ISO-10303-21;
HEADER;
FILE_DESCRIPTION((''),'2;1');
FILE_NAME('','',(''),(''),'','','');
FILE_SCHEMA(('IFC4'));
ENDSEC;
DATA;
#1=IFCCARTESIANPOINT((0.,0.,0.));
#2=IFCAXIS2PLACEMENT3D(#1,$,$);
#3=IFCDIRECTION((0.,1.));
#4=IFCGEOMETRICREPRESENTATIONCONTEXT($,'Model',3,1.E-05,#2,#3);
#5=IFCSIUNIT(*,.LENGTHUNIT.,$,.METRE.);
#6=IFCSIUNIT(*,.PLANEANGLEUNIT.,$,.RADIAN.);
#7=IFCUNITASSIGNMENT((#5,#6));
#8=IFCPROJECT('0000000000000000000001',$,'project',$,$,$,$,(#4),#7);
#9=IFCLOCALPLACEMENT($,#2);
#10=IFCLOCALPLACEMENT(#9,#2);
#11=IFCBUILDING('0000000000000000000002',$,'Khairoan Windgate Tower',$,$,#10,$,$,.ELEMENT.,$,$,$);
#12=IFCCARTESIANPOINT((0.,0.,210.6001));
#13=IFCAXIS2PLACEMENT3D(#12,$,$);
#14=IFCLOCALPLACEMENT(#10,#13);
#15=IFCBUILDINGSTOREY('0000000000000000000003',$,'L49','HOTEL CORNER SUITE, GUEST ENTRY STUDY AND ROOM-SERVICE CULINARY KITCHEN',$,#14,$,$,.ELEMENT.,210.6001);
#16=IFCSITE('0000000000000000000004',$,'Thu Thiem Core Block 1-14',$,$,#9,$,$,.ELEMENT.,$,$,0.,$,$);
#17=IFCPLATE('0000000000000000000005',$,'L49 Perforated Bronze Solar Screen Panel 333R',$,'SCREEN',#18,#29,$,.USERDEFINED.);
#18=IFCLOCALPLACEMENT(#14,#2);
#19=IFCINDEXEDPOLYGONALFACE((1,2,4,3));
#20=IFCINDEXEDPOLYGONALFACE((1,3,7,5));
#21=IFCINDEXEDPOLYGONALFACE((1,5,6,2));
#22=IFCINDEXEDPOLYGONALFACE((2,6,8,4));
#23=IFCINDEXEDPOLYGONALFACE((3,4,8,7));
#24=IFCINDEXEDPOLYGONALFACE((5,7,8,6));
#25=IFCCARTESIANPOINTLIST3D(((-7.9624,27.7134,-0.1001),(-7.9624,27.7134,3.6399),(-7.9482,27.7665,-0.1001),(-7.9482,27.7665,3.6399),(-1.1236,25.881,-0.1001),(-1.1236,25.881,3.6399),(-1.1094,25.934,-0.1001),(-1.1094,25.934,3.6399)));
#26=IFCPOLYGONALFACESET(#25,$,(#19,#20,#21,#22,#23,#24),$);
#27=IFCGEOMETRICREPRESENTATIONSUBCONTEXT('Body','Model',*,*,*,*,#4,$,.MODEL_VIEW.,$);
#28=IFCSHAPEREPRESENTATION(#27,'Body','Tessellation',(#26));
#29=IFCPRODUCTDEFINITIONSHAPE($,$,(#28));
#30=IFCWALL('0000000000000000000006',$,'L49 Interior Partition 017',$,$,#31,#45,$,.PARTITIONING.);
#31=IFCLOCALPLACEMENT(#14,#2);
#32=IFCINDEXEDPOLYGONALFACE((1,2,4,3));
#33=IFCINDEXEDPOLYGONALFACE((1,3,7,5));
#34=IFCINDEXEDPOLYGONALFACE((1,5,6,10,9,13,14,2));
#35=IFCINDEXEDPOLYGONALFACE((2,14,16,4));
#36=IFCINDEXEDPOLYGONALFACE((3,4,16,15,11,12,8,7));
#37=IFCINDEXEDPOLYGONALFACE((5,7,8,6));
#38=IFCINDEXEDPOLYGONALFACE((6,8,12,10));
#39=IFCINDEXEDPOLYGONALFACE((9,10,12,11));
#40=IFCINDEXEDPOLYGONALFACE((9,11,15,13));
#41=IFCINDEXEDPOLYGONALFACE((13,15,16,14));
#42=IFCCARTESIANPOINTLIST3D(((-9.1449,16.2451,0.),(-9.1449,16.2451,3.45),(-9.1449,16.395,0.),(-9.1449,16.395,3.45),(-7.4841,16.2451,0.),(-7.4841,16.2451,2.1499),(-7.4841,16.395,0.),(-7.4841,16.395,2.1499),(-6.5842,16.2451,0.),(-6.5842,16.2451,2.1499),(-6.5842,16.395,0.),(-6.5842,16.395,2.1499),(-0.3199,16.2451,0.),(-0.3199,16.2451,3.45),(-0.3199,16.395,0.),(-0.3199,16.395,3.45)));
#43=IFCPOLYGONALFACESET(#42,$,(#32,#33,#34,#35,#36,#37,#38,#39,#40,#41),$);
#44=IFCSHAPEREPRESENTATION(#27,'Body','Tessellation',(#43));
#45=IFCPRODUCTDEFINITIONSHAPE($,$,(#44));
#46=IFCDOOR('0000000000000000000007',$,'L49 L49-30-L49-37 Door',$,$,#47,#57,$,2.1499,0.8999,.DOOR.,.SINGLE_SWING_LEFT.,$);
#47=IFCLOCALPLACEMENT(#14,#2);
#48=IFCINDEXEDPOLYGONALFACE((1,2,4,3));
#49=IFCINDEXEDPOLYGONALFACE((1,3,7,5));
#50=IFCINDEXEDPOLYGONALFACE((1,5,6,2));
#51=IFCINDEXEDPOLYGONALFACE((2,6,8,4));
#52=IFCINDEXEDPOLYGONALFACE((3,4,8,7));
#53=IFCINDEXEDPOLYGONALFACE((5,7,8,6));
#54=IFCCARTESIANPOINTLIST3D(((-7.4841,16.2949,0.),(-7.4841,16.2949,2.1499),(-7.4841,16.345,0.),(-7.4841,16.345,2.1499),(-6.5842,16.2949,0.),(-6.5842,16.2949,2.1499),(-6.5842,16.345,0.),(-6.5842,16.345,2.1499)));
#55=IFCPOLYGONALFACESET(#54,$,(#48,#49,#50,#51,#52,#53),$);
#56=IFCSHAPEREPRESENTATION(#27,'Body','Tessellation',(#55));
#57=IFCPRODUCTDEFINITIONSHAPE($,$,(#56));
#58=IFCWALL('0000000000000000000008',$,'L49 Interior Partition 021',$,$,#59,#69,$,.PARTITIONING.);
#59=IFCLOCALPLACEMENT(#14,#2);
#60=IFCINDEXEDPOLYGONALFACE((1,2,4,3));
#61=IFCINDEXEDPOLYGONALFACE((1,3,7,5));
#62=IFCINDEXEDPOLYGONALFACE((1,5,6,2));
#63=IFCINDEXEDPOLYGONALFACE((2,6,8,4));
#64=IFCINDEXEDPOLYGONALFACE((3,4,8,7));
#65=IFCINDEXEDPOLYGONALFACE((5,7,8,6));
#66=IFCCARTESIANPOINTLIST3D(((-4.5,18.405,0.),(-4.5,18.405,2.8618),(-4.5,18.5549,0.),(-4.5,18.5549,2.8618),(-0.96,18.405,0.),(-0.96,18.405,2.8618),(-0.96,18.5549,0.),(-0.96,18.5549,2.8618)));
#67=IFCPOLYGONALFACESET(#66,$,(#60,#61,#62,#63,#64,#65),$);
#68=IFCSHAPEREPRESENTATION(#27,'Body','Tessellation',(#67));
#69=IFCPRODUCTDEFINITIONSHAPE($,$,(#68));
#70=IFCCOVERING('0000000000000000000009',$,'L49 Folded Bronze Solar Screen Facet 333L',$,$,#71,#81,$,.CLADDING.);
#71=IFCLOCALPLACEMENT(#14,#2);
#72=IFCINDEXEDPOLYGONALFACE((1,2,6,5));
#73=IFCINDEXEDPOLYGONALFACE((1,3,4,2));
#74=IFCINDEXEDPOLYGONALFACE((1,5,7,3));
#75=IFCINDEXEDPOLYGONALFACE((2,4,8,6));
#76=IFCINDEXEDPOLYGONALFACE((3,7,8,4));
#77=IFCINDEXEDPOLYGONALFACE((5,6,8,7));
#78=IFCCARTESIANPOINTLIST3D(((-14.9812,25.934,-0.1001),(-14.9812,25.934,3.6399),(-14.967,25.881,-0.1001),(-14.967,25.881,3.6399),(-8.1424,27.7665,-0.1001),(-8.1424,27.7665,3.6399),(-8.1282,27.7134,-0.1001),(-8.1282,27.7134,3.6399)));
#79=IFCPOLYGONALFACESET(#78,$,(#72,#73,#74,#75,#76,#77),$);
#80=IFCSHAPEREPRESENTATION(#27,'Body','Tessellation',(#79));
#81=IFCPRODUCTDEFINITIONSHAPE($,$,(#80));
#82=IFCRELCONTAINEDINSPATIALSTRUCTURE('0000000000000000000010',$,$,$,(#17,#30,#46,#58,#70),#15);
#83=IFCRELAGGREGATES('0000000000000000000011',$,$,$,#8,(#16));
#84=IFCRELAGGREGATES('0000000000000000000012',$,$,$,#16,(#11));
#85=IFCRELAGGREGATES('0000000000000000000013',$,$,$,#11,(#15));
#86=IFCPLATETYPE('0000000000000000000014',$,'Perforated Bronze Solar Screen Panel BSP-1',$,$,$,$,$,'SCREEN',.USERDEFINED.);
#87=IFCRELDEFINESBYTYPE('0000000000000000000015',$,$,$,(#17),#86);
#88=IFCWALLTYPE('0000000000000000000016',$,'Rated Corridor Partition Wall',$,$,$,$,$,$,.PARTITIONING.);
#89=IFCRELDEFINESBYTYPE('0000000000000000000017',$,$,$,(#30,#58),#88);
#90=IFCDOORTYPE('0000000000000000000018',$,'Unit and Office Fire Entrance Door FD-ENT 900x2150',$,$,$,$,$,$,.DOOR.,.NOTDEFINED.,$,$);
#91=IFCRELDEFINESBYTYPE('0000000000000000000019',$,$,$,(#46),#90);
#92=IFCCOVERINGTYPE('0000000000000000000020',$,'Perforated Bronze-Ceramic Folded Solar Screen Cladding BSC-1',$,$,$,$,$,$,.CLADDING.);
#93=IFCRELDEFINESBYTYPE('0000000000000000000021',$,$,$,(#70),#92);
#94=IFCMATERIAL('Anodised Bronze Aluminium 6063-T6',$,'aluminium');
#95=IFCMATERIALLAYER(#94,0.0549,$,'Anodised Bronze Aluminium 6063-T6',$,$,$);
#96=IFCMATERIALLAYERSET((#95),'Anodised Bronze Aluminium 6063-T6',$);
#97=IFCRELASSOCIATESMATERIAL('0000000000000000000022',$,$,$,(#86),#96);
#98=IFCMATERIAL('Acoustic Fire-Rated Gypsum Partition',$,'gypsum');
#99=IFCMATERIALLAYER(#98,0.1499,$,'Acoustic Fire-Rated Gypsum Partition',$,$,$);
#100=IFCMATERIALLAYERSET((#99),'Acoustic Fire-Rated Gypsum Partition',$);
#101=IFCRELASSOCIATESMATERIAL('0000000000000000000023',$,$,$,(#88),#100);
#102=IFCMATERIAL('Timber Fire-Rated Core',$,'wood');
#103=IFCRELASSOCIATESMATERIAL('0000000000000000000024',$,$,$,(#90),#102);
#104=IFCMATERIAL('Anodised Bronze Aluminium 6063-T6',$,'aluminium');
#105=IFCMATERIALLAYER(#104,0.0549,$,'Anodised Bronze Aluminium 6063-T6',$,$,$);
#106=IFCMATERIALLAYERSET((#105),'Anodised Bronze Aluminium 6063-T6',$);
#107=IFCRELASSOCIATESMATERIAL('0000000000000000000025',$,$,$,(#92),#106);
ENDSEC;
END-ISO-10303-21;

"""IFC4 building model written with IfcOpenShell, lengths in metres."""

from ifc_helpers import new_model, si_unit, direction, frame, frame_2d, origin, origin_2d, place, context, subcontext, project, spatial, rectangle, extrude, material, layer, layer_set, type_object, element, fill, save


model = new_model("IFC4")

# Units and contexts
model_context = context("Model", 3, precision=1e-05, world=origin(), true_north=direction((0.0, 1.0)))
body_context = subcontext(model_context, "Body", "Model", "MODEL_VIEW")
ifc_project = project(units=[si_unit("LENGTHUNIT", "METRE"), si_unit("PLANEANGLEUNIT", "RADIAN")], contexts=[model_context])

# Site, building, storey
site_placement = place(None, origin())
site = spatial("IfcSite", under=ifc_project, at=site_placement, Name="Thu Thiem Core Block 1-14", CompositionType="ELEMENT", RefElevation=0.0)
building_placement = place(site_placement, origin())
building = spatial("IfcBuilding", under=site, at=building_placement, Name="Khairoan Windgate Tower", CompositionType="ELEMENT")
storey_placement = place(building_placement, frame((0.0, 0.0, 210.6001)))
storey = spatial("IfcBuildingStorey", under=building, at=storey_placement, Name="L49", Description="HOTEL CORNER SUITE, GUEST ENTRY STUDY AND ROOM-SERVICE CULINARY KITCHEN", CompositionType="ELEMENT", Elevation=210.6001)

# Plate
ifc_material_1 = material(Name="Anodised Bronze Aluminium 6063-T6", Category="aluminium")
ifc_layer_1 = layer(ifc_material_1, 0.0549, Name="Anodised Bronze Aluminium 6063-T6")
ifc_layer_set_1 = layer_set([ifc_layer_1], Name="Anodised Bronze Aluminium 6063-T6")
plate_type = type_object("IfcPlateType", Name="Perforated Bronze Solar Screen Panel BSP-1", ElementType="SCREEN", PredefinedType="USERDEFINED", material=ifc_layer_set_1)
plate_placement = place(storey_placement, frame((-4.5359, 26.8237, -0.1001), z_axis=(0.0, 0.0, 1.0), x_axis=(0.965926, -0.258819, 0.0)))
element("IfcPlate", 1, at=plate_placement, inside=storey, type_object=plate_type, Name="L49 Perforated Bronze Solar Screen Panel 333R", ObjectType="SCREEN", PredefinedType="USERDEFINED", context=body_context, shape_type="SweptSolid", body=[
    extrude(rectangle(XDim=7.0801, YDim=0.0549, at=origin_2d()), origin(), (0.0, 0.0, 1.0), 3.74),
])

# Wall, opening, door
ifc_material_2 = material(Name="Acoustic Fire-Rated Gypsum Partition", Category="gypsum")
ifc_layer_2 = layer(ifc_material_2, 0.1499, Name="Acoustic Fire-Rated Gypsum Partition")
ifc_layer_set_2 = layer_set([ifc_layer_2], Name="Acoustic Fire-Rated Gypsum Partition")
wall_type = type_object("IfcWallType", Name="Rated Corridor Partition Wall", PredefinedType="PARTITIONING", material=ifc_layer_set_2)
wall_1_placement = place(storey_placement, frame((-9.145, 16.3201, 0.0), z_axis=(0.0, 0.0, 1.0), x_axis=(1.0, 0.0, 0.0)))
wall_1 = element("IfcWall", 2, at=wall_1_placement, inside=storey, type_object=wall_type, Name="L49 Interior Partition 017", PredefinedType="PARTITIONING", context=body_context, shape_type="SweptSolid", body=[
    extrude(rectangle(XDim=8.825, YDim=0.1499, at=frame_2d((4.4126, 0.0))), origin(), (0.0, 0.0, 1.0), 3.45),
])
opening_placement = place(wall_1_placement, frame((1.6609, 0.0, 0.0)))
opening = element("IfcOpeningElement", 3, at=opening_placement, cuts=wall_1, PredefinedType="OPENING", context=body_context, shape_type="SweptSolid", body=[
    extrude(rectangle(XDim=0.8999, YDim=2.1499, at=frame_2d((0.45, 1.075))), frame((0.0, 0.085, 0.0), z_axis=(0.0, -1.0, 0.0), x_axis=(1.0, 0.0, 0.0)), (0.0, 0.0, 1.0), 0.1699),
])
ifc_material_3 = material(Name="Timber Fire-Rated Core", Category="wood")
door_type = type_object("IfcDoorType", Name="Unit and Office Fire Entrance Door FD-ENT 900x2150", OperationType="NOTDEFINED", PredefinedType="DOOR", material=ifc_material_3)
door_placement = place(opening_placement, origin())
door = element("IfcDoor", 4, at=door_placement, inside=storey, type_object=door_type, Name="L49 L49-30-L49-37 Door", OperationType="SINGLE_SWING_LEFT", OverallHeight=2.1499, OverallWidth=0.8999, PredefinedType="DOOR", context=body_context, shape_type="SweptSolid", body=[
    extrude(rectangle(XDim=0.8999, YDim=2.1499, at=frame_2d((0.45, 1.075))), frame((0.0, 0.0249, 0.0), z_axis=(0.0, -1.0, 0.0), x_axis=(1.0, 0.0, 0.0)), (0.0, 0.0, 1.0), 0.05),
])
fill(opening, door)

# Wall
wall_2_placement = place(storey_placement, frame((-4.5, 18.48, 0.0), z_axis=(0.0, 0.0, 1.0), x_axis=(1.0, 0.0, 0.0)))
element("IfcWall", 5, at=wall_2_placement, inside=storey, type_object=wall_type, Name="L49 Interior Partition 021", PredefinedType="PARTITIONING", context=body_context, shape_type="SweptSolid", body=[
    extrude(rectangle(XDim=3.54, YDim=0.1499, at=frame_2d((1.77, 0.0))), origin(), (0.0, 0.0, 1.0), 2.8618),
])

# Covering
ifc_material_4 = material(Name="Anodised Bronze Aluminium 6063-T6", Category="aluminium")
ifc_layer_3 = layer(ifc_material_4, 0.0549, Name="Anodised Bronze Aluminium 6063-T6")
ifc_layer_set_3 = layer_set([ifc_layer_3], Name="Anodised Bronze Aluminium 6063-T6")
covering_type = type_object("IfcCoveringType", Name="Perforated Bronze-Ceramic Folded Solar Screen Cladding BSC-1", PredefinedType="CLADDING", material=ifc_layer_set_3)
covering_placement = place(storey_placement, frame((-11.5547, 26.8237, -0.1001), z_axis=(0.0, 0.0, 1.0), x_axis=(0.965926, 0.258819, 0.0)))
element("IfcCovering", 6, at=covering_placement, inside=storey, type_object=covering_type, Name="L49 Folded Bronze Solar Screen Facet 333L", PredefinedType="CLADDING", context=body_context, shape_type="SweptSolid", body=[
    extrude(rectangle(XDim=7.0801, YDim=0.0549, at=origin_2d()), origin(), (0.0, 0.0, 1.0), 3.74),
])

save(model, "model.ifc")
